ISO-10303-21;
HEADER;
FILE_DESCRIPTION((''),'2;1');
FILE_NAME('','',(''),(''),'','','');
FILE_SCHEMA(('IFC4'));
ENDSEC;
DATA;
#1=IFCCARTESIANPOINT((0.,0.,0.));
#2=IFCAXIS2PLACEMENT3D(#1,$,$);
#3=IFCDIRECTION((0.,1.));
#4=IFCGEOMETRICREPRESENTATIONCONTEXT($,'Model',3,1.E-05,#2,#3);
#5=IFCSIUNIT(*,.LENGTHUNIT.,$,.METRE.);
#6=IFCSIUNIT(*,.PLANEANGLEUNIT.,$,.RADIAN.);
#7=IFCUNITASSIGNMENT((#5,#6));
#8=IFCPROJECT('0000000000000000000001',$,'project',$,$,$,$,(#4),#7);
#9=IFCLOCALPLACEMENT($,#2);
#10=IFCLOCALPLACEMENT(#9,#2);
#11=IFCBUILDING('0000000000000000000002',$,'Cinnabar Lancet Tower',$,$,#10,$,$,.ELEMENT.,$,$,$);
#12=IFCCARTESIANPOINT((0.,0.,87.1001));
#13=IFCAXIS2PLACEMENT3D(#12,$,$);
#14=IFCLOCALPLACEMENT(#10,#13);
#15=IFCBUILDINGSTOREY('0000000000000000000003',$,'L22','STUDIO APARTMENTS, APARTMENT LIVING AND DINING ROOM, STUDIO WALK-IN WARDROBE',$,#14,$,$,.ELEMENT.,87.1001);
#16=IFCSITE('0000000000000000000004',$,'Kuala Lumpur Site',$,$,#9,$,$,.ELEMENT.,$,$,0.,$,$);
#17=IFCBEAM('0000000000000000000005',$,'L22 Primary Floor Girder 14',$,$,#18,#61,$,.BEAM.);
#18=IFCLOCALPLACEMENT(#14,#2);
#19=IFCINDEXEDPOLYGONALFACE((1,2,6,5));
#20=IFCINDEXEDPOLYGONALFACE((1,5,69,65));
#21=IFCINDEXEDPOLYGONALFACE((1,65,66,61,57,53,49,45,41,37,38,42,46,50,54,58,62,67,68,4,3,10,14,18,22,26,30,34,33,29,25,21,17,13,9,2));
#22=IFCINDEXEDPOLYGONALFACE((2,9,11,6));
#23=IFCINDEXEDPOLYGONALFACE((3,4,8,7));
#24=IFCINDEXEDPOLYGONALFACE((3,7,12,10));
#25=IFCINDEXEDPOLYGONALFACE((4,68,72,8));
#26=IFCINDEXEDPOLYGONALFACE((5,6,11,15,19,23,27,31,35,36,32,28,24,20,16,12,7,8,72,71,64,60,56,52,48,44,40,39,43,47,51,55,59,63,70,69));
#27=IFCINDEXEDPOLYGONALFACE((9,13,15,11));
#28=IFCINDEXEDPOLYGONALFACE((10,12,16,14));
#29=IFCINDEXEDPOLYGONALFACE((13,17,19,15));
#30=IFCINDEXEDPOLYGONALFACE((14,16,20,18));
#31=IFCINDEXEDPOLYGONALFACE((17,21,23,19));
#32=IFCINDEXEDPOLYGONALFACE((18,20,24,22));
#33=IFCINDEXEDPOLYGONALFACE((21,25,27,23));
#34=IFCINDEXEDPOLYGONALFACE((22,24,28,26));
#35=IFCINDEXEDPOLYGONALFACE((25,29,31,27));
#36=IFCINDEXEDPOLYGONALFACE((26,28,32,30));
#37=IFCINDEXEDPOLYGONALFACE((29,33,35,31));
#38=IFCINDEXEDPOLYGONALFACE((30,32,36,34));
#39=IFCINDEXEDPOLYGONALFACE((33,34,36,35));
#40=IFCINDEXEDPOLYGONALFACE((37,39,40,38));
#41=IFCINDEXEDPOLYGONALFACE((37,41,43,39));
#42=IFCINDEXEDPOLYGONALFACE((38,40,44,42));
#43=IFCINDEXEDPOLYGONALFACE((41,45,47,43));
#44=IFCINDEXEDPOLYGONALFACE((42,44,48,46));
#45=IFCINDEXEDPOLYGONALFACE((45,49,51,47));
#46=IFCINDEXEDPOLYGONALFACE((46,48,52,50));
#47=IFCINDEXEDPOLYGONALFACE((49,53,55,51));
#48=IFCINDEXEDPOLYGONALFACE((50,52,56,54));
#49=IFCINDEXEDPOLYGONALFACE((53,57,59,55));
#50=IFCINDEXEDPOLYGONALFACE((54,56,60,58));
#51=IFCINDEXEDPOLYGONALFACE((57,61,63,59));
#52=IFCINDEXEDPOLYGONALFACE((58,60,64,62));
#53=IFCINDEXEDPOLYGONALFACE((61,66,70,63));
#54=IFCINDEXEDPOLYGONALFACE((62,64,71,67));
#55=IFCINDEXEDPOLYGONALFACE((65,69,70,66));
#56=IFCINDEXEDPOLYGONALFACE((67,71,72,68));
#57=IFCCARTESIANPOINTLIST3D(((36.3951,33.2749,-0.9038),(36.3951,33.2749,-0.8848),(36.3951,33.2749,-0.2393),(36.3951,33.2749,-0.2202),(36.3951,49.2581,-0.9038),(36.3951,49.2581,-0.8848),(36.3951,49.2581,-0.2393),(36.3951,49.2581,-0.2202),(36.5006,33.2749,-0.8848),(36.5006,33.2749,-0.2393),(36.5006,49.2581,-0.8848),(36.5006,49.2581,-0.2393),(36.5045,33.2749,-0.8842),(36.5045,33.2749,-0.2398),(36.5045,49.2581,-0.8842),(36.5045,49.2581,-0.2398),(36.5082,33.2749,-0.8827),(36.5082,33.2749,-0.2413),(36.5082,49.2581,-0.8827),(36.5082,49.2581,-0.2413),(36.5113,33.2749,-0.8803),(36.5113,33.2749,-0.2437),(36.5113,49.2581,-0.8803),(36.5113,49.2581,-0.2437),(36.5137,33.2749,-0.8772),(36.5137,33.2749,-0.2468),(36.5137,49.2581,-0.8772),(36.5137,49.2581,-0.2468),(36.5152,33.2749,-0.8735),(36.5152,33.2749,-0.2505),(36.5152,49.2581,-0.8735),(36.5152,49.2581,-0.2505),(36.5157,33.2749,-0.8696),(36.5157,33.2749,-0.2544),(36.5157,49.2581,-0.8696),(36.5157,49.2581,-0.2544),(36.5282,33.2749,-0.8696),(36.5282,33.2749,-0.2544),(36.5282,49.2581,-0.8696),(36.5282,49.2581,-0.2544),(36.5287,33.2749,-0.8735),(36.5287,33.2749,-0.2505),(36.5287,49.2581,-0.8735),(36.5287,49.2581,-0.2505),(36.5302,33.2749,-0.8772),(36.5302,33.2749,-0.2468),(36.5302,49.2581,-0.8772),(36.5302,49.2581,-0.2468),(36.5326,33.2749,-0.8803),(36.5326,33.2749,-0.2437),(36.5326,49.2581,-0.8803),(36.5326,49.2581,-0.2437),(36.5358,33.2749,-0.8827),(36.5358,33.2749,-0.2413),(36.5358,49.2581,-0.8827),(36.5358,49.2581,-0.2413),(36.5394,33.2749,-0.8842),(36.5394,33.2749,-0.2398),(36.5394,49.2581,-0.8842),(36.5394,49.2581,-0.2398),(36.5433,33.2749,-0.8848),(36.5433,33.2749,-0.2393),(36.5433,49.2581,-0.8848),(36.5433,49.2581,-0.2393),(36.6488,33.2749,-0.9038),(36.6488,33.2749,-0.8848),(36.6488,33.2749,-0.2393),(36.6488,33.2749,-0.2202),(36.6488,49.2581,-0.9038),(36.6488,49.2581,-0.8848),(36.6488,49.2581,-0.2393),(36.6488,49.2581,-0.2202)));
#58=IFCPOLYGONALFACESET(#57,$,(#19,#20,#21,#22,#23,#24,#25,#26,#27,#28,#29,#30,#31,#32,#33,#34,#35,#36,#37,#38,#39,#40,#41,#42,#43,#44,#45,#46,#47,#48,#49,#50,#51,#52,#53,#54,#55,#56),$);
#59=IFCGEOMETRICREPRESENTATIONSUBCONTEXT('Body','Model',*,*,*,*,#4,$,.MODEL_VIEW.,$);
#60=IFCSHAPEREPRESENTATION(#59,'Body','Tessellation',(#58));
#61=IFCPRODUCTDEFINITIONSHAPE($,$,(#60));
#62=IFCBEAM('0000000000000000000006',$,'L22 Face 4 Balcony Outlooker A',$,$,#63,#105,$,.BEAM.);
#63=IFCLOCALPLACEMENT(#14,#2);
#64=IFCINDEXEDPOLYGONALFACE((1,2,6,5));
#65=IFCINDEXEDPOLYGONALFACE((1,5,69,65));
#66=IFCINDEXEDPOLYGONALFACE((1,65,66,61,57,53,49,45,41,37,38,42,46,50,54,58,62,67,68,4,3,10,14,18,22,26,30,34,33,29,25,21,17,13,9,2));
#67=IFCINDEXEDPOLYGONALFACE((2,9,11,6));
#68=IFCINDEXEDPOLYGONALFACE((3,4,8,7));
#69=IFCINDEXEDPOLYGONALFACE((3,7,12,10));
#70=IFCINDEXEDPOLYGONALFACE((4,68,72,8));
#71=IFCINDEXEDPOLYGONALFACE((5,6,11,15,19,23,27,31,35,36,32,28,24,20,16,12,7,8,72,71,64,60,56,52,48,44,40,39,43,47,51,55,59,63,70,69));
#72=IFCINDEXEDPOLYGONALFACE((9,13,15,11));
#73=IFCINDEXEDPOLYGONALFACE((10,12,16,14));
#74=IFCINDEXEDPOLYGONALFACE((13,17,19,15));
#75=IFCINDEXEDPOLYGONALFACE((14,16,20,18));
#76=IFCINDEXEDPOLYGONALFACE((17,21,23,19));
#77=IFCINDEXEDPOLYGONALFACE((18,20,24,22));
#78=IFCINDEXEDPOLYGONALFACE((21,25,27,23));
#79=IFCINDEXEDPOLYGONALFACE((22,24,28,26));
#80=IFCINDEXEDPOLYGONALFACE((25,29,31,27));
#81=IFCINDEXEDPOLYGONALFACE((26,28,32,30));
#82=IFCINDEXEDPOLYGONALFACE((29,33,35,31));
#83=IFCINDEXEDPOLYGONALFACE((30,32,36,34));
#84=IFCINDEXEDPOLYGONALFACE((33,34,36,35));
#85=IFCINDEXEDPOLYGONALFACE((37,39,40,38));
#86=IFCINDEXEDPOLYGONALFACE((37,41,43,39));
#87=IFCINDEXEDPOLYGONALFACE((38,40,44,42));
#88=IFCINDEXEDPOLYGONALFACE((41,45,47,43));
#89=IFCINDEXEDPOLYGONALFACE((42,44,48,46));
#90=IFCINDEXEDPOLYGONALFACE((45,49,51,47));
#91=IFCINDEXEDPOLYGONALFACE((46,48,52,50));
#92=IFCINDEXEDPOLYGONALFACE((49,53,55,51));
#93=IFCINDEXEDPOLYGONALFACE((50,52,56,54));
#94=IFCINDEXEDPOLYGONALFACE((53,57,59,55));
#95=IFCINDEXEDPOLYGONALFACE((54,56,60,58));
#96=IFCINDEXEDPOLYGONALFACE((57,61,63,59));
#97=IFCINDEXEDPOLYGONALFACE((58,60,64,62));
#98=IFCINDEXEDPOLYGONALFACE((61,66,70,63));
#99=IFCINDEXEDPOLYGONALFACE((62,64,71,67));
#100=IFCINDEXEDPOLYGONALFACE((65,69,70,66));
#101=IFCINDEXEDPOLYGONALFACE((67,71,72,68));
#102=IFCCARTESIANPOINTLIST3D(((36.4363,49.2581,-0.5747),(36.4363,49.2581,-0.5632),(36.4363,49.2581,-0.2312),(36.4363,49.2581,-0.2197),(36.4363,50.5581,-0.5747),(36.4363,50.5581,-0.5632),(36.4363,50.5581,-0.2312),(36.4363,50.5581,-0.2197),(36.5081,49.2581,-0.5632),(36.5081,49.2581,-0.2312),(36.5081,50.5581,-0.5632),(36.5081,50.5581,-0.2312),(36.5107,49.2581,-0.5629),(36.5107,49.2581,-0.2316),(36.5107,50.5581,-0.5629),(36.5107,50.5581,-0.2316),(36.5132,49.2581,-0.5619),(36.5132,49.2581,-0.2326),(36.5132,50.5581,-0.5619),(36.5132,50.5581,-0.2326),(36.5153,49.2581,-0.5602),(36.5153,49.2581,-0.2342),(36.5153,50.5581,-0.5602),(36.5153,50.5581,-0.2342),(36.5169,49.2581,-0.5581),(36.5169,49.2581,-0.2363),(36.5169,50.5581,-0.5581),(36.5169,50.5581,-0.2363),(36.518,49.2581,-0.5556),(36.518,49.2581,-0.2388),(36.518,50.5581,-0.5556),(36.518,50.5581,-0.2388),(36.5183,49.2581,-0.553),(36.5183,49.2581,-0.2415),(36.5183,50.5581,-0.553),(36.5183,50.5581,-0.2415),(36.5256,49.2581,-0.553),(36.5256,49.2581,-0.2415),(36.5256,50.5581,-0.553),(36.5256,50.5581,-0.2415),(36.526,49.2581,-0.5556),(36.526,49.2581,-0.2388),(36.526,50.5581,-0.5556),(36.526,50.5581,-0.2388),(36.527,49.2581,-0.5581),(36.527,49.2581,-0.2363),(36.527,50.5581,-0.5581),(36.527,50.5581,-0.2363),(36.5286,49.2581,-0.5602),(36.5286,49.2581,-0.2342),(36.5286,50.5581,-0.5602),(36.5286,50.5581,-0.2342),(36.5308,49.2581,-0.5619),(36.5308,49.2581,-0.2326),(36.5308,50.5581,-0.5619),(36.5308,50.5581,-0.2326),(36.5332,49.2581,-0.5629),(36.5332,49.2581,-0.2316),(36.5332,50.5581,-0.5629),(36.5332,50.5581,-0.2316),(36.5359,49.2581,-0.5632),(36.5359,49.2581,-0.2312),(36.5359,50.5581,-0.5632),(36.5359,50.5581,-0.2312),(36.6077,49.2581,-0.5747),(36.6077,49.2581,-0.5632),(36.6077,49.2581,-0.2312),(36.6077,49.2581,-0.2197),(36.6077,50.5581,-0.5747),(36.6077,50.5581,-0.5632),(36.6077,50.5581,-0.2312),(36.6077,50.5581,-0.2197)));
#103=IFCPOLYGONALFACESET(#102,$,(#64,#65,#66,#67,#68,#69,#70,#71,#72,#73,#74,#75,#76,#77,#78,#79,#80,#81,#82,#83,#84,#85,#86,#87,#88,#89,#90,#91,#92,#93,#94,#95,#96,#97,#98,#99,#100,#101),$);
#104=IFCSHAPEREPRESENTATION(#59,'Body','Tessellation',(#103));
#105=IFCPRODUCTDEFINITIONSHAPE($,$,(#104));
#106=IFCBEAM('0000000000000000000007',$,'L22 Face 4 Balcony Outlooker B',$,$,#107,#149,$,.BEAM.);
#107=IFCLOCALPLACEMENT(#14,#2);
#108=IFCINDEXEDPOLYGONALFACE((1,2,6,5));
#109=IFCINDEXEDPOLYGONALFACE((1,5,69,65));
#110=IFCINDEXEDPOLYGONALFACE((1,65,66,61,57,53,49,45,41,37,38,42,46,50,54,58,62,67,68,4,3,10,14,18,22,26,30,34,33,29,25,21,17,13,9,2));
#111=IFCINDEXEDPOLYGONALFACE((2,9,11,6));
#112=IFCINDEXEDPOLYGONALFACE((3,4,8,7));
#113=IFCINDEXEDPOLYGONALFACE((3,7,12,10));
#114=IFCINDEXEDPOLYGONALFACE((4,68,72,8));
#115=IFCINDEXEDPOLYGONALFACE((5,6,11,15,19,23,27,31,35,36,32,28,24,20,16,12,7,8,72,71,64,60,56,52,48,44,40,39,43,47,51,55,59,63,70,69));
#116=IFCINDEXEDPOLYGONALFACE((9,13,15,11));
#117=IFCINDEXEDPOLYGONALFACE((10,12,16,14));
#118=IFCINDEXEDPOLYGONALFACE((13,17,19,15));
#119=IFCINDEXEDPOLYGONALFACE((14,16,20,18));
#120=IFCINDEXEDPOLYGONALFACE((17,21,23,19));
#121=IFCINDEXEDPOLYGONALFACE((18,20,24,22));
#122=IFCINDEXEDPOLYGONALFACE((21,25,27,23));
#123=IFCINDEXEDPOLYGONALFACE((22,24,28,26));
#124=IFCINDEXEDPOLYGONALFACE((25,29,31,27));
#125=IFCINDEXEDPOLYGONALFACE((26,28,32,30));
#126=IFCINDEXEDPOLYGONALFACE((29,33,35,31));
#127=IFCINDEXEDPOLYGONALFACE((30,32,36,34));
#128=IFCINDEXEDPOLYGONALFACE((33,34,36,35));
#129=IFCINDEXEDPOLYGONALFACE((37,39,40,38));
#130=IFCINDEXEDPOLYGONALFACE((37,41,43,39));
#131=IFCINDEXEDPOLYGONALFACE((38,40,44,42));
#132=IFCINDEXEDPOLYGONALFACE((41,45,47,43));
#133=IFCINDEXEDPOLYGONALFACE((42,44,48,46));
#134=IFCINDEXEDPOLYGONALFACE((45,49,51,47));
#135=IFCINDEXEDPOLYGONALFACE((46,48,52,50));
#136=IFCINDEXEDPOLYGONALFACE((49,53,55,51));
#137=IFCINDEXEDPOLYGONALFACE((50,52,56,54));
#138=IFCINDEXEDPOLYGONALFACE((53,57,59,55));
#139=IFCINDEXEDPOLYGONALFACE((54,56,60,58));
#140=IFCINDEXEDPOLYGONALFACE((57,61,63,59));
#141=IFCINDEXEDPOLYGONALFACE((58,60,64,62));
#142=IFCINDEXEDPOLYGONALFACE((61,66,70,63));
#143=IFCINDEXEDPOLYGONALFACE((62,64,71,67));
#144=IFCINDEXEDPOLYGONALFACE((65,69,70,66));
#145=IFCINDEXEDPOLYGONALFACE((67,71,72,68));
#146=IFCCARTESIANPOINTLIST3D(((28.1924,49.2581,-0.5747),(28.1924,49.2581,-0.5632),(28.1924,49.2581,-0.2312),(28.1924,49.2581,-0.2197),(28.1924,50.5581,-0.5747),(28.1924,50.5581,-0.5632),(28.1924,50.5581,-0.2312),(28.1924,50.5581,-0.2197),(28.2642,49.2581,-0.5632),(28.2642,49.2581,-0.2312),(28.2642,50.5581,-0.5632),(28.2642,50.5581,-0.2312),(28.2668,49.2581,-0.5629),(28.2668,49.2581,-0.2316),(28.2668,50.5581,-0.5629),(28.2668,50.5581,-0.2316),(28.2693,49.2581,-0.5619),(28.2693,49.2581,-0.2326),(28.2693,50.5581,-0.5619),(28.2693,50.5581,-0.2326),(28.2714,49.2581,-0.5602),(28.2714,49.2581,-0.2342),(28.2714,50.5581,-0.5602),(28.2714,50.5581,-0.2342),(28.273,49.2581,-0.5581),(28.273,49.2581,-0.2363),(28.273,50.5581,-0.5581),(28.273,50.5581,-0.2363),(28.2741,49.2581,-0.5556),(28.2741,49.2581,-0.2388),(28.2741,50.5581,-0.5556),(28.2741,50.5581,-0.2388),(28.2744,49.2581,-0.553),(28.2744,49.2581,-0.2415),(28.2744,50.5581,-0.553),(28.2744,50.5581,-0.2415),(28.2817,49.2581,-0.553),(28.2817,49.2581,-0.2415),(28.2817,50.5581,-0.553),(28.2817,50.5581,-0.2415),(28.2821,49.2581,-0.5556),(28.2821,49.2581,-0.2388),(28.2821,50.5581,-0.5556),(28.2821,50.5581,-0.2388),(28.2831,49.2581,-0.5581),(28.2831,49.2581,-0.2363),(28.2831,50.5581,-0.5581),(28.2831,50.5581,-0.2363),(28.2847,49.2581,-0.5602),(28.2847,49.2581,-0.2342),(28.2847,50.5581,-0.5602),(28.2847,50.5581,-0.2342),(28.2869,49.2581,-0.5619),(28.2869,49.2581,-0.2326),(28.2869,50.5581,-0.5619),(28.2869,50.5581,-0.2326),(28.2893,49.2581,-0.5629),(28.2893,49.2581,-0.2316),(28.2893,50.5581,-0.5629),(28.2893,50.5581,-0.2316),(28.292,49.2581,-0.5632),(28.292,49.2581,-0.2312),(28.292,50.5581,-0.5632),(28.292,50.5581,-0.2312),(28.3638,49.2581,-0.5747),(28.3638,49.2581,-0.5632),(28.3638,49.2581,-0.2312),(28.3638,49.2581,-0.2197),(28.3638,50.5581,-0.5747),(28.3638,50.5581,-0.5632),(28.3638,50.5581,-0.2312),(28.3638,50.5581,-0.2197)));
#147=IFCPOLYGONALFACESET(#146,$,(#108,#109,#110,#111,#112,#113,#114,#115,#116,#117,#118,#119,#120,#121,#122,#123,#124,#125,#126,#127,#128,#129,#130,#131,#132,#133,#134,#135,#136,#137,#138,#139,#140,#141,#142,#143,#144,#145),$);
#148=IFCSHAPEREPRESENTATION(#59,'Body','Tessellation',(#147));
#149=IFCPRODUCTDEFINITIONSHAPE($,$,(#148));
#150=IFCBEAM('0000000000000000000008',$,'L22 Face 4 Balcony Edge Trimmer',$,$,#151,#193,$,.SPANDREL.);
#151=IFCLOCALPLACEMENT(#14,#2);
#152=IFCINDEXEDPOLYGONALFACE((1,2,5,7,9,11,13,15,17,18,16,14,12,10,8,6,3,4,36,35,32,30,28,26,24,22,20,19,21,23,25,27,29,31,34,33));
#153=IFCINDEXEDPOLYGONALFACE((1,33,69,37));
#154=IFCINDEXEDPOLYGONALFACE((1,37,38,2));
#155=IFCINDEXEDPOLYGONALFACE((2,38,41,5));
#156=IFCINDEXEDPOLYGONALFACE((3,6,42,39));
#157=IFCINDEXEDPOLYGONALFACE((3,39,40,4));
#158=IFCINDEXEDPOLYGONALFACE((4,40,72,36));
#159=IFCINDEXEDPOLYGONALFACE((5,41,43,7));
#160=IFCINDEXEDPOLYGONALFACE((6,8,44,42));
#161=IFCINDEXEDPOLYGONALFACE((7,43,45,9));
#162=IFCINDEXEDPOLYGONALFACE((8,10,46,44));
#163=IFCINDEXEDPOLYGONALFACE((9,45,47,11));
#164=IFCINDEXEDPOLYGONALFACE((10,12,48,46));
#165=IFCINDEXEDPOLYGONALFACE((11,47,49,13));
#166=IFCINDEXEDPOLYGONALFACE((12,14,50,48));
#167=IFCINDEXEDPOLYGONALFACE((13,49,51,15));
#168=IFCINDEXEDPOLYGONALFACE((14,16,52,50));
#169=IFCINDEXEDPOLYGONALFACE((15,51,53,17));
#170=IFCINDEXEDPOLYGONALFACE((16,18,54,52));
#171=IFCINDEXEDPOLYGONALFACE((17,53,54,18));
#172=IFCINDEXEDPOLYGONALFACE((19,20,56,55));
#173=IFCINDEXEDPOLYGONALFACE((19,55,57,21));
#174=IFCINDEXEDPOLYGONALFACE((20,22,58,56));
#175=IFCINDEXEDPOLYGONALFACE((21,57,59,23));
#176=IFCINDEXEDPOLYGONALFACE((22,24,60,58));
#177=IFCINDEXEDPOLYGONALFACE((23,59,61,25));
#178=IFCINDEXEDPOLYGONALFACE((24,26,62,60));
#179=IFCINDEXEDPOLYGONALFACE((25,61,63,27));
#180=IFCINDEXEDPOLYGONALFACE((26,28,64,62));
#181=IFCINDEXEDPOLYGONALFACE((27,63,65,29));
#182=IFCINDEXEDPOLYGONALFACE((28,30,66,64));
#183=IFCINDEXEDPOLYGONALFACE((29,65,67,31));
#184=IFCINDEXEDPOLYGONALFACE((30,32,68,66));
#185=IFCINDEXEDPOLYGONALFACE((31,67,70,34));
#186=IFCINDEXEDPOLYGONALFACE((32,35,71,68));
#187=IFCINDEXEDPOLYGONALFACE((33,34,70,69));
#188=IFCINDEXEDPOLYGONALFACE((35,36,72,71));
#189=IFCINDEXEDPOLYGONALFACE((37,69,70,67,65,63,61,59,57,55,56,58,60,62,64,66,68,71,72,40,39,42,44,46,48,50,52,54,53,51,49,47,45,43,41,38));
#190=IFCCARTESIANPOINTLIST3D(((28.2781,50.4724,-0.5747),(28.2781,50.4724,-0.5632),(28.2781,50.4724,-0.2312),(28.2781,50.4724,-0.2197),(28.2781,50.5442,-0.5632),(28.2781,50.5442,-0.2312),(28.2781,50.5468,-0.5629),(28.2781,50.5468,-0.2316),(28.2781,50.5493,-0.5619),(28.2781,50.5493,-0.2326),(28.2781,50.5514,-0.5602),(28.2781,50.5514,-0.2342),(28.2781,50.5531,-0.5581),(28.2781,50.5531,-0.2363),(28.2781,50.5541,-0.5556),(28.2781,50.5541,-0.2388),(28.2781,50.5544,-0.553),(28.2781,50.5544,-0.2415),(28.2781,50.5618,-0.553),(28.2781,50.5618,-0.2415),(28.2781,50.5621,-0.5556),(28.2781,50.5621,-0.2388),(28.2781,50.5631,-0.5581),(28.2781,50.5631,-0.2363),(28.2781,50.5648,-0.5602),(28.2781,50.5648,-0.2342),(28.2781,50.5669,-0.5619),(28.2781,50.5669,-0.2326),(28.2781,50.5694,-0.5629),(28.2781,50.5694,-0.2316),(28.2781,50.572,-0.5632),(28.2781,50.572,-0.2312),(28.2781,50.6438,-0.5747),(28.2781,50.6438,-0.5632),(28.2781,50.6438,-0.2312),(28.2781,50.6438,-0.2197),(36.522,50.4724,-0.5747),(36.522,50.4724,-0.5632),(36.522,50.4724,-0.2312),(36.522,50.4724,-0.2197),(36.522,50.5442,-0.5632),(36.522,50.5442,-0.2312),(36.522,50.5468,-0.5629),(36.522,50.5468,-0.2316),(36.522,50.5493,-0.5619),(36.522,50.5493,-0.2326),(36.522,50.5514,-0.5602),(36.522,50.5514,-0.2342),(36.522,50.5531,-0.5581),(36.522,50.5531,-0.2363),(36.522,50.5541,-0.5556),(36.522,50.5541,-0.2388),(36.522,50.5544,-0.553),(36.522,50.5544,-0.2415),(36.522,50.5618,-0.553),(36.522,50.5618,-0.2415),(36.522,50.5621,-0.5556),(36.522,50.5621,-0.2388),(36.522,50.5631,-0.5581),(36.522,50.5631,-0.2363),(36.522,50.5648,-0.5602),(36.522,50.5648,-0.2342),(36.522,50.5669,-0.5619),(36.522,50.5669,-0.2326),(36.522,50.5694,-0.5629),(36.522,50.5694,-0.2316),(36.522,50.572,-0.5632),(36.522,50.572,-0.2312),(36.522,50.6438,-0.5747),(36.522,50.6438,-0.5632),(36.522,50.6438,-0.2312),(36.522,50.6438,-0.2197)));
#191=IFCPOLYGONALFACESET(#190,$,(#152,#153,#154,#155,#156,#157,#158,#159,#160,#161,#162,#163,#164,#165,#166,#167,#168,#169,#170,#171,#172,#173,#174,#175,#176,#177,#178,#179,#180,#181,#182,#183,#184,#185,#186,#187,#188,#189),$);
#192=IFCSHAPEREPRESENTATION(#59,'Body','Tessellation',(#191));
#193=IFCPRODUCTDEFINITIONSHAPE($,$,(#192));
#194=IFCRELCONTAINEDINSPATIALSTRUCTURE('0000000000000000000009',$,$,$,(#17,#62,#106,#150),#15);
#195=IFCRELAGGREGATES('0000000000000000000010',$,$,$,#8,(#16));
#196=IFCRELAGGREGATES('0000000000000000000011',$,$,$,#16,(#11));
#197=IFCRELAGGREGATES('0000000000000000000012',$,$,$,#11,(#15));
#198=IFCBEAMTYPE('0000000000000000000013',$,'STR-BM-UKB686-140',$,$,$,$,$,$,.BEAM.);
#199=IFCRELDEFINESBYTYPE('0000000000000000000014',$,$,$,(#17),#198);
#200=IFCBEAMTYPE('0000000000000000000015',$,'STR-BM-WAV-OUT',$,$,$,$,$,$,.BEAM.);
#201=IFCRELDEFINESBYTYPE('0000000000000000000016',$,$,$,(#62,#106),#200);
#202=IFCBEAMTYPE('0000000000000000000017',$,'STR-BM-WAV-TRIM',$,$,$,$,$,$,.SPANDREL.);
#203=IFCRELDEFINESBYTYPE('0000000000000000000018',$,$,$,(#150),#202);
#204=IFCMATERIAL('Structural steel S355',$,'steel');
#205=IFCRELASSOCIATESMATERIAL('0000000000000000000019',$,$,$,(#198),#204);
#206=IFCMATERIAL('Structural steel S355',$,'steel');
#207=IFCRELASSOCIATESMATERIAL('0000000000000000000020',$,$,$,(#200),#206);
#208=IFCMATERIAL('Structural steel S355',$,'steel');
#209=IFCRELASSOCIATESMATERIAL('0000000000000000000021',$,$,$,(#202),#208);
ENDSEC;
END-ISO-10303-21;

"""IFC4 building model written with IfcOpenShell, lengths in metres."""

from ifc_helpers import new_model, si_unit, direction, frame, origin, origin_2d, place, context, subcontext, project, spatial, i_section, extrude, material, material_profile, profile_set, type_object, element, save


model = new_model("IFC4")

# Units and contexts
model_context = context("Model", 3, precision=1e-05, world=origin(), true_north=direction((0.0, 1.0)))
body_context = subcontext(model_context, "Body", "Model", "MODEL_VIEW")
ifc_project = project(units=[si_unit("LENGTHUNIT", "METRE"), si_unit("PLANEANGLEUNIT", "RADIAN")], contexts=[model_context])

# Site, building, storey
site_placement = place(None, origin())
site = spatial("IfcSite", under=ifc_project, at=site_placement, Name="Kuala Lumpur Site", CompositionType="ELEMENT", RefElevation=0.0)
building_placement = place(site_placement, origin())
building = spatial("IfcBuilding", under=site, at=building_placement, Name="Cinnabar Lancet Tower", CompositionType="ELEMENT")
storey_placement = place(building_placement, frame((0.0, 0.0, 87.1001)))
storey = spatial("IfcBuildingStorey", under=building, at=storey_placement, Name="L22", Description="STUDIO APARTMENTS, APARTMENT LIVING AND DINING ROOM, STUDIO WALK-IN WARDROBE", CompositionType="ELEMENT", Elevation=87.1001)

# Beams
ifc_material_1 = material(Name="Structural steel S355", Category="steel")
ifc_material_profile_1 = material_profile(ifc_material_1, i_section(OverallWidth=0.2537, OverallDepth=0.6836, WebThickness=0.0125, FlangeThickness=0.019, FilletRadius=0.0151, at=origin_2d()), Name="UKB 686x254x140")
ifc_profile_set_1 = profile_set([ifc_material_profile_1], Name="Structural steel S355")
beam_type_1 = type_object("IfcBeamType", Name="STR-BM-UKB686-140", PredefinedType="BEAM", material=ifc_profile_set_1)
beam_1_placement = place(storey_placement, frame((36.522, 49.2581, -0.562), z_axis=(0.0, -1.0, 0.0), x_axis=(1.0, 0.0, 0.0)))
element("IfcBeam", 1, at=beam_1_placement, inside=storey, type_object=beam_type_1, Name="L22 Primary Floor Girder 14", PredefinedType="BEAM", context=body_context, shape_type="SweptSolid", body=[
    extrude(i_section(OverallWidth=0.2537, OverallDepth=0.6836, WebThickness=0.0125, FlangeThickness=0.019, FilletRadius=0.0151, at=origin_2d()), origin(), (0.0, 0.0, 1.0), 15.9832),
])
ifc_material_2 = material(Name="Structural steel S355", Category="steel")
ifc_material_profile_2 = material_profile(ifc_material_2, i_section(OverallWidth=0.1714, OverallDepth=0.355, WebThickness=0.0073, FlangeThickness=0.0115, FilletRadius=0.0103, at=origin_2d()), Name="UKB 356x171x51")
ifc_profile_set_2 = profile_set([ifc_material_profile_2], Name="Structural steel S355")
beam_type_2 = type_object("IfcBeamType", Name="STR-BM-WAV-OUT", PredefinedType="BEAM", material=ifc_profile_set_2)
for number, where, z_axis, x_axis, name in (
    (2, (36.522, 49.2581, -0.3972), (0.0, 1.0, 0.0), (-1.0, 0.0, 0.0), "L22 Face 4 Balcony Outlooker A"),
    (3, (28.2781, 49.2581, -0.3972), (0.0, 1.0, 0.0), (-1.0, 0.0, 0.0), "L22 Face 4 Balcony Outlooker B"),
):
    element("IfcBeam", number, at=place(storey_placement, frame(where, z_axis=z_axis, x_axis=x_axis)), inside=storey, type_object=beam_type_2, Name=name, PredefinedType="BEAM", context=body_context, shape_type="SweptSolid", body=[
        extrude(i_section(OverallWidth=0.1714, OverallDepth=0.355, WebThickness=0.0073, FlangeThickness=0.0115, FilletRadius=0.0103, at=origin_2d()), origin(), (0.0, 0.0, 1.0), 1.3),
    ])
ifc_material_3 = material(Name="Structural steel S355", Category="steel")
ifc_material_profile_3 = material_profile(ifc_material_3, i_section(OverallWidth=0.1714, OverallDepth=0.355, WebThickness=0.0073, FlangeThickness=0.0115, FilletRadius=0.0103, at=origin_2d()), Name="UKB 356x171x51")
ifc_profile_set_3 = profile_set([ifc_material_profile_3], Name="Structural steel S355")
beam_type_3 = type_object("IfcBeamType", Name="STR-BM-WAV-TRIM", PredefinedType="SPANDREL", material=ifc_profile_set_3)
beam_2_placement = place(storey_placement, frame((36.522, 50.5581, -0.3972), z_axis=(-1.0, 0.0, 0.0), x_axis=(0.0, -1.0, 0.0)))
element("IfcBeam", 4, at=beam_2_placement, inside=storey, type_object=beam_type_3, Name="L22 Face 4 Balcony Edge Trimmer", PredefinedType="SPANDREL", context=body_context, shape_type="SweptSolid", body=[
    extrude(i_section(OverallWidth=0.1714, OverallDepth=0.355, WebThickness=0.0073, FlangeThickness=0.0115, FilletRadius=0.0103, at=origin_2d()), origin(), (0.0, 0.0, 1.0), 8.2439),
])

save(model, "model.ifc")
